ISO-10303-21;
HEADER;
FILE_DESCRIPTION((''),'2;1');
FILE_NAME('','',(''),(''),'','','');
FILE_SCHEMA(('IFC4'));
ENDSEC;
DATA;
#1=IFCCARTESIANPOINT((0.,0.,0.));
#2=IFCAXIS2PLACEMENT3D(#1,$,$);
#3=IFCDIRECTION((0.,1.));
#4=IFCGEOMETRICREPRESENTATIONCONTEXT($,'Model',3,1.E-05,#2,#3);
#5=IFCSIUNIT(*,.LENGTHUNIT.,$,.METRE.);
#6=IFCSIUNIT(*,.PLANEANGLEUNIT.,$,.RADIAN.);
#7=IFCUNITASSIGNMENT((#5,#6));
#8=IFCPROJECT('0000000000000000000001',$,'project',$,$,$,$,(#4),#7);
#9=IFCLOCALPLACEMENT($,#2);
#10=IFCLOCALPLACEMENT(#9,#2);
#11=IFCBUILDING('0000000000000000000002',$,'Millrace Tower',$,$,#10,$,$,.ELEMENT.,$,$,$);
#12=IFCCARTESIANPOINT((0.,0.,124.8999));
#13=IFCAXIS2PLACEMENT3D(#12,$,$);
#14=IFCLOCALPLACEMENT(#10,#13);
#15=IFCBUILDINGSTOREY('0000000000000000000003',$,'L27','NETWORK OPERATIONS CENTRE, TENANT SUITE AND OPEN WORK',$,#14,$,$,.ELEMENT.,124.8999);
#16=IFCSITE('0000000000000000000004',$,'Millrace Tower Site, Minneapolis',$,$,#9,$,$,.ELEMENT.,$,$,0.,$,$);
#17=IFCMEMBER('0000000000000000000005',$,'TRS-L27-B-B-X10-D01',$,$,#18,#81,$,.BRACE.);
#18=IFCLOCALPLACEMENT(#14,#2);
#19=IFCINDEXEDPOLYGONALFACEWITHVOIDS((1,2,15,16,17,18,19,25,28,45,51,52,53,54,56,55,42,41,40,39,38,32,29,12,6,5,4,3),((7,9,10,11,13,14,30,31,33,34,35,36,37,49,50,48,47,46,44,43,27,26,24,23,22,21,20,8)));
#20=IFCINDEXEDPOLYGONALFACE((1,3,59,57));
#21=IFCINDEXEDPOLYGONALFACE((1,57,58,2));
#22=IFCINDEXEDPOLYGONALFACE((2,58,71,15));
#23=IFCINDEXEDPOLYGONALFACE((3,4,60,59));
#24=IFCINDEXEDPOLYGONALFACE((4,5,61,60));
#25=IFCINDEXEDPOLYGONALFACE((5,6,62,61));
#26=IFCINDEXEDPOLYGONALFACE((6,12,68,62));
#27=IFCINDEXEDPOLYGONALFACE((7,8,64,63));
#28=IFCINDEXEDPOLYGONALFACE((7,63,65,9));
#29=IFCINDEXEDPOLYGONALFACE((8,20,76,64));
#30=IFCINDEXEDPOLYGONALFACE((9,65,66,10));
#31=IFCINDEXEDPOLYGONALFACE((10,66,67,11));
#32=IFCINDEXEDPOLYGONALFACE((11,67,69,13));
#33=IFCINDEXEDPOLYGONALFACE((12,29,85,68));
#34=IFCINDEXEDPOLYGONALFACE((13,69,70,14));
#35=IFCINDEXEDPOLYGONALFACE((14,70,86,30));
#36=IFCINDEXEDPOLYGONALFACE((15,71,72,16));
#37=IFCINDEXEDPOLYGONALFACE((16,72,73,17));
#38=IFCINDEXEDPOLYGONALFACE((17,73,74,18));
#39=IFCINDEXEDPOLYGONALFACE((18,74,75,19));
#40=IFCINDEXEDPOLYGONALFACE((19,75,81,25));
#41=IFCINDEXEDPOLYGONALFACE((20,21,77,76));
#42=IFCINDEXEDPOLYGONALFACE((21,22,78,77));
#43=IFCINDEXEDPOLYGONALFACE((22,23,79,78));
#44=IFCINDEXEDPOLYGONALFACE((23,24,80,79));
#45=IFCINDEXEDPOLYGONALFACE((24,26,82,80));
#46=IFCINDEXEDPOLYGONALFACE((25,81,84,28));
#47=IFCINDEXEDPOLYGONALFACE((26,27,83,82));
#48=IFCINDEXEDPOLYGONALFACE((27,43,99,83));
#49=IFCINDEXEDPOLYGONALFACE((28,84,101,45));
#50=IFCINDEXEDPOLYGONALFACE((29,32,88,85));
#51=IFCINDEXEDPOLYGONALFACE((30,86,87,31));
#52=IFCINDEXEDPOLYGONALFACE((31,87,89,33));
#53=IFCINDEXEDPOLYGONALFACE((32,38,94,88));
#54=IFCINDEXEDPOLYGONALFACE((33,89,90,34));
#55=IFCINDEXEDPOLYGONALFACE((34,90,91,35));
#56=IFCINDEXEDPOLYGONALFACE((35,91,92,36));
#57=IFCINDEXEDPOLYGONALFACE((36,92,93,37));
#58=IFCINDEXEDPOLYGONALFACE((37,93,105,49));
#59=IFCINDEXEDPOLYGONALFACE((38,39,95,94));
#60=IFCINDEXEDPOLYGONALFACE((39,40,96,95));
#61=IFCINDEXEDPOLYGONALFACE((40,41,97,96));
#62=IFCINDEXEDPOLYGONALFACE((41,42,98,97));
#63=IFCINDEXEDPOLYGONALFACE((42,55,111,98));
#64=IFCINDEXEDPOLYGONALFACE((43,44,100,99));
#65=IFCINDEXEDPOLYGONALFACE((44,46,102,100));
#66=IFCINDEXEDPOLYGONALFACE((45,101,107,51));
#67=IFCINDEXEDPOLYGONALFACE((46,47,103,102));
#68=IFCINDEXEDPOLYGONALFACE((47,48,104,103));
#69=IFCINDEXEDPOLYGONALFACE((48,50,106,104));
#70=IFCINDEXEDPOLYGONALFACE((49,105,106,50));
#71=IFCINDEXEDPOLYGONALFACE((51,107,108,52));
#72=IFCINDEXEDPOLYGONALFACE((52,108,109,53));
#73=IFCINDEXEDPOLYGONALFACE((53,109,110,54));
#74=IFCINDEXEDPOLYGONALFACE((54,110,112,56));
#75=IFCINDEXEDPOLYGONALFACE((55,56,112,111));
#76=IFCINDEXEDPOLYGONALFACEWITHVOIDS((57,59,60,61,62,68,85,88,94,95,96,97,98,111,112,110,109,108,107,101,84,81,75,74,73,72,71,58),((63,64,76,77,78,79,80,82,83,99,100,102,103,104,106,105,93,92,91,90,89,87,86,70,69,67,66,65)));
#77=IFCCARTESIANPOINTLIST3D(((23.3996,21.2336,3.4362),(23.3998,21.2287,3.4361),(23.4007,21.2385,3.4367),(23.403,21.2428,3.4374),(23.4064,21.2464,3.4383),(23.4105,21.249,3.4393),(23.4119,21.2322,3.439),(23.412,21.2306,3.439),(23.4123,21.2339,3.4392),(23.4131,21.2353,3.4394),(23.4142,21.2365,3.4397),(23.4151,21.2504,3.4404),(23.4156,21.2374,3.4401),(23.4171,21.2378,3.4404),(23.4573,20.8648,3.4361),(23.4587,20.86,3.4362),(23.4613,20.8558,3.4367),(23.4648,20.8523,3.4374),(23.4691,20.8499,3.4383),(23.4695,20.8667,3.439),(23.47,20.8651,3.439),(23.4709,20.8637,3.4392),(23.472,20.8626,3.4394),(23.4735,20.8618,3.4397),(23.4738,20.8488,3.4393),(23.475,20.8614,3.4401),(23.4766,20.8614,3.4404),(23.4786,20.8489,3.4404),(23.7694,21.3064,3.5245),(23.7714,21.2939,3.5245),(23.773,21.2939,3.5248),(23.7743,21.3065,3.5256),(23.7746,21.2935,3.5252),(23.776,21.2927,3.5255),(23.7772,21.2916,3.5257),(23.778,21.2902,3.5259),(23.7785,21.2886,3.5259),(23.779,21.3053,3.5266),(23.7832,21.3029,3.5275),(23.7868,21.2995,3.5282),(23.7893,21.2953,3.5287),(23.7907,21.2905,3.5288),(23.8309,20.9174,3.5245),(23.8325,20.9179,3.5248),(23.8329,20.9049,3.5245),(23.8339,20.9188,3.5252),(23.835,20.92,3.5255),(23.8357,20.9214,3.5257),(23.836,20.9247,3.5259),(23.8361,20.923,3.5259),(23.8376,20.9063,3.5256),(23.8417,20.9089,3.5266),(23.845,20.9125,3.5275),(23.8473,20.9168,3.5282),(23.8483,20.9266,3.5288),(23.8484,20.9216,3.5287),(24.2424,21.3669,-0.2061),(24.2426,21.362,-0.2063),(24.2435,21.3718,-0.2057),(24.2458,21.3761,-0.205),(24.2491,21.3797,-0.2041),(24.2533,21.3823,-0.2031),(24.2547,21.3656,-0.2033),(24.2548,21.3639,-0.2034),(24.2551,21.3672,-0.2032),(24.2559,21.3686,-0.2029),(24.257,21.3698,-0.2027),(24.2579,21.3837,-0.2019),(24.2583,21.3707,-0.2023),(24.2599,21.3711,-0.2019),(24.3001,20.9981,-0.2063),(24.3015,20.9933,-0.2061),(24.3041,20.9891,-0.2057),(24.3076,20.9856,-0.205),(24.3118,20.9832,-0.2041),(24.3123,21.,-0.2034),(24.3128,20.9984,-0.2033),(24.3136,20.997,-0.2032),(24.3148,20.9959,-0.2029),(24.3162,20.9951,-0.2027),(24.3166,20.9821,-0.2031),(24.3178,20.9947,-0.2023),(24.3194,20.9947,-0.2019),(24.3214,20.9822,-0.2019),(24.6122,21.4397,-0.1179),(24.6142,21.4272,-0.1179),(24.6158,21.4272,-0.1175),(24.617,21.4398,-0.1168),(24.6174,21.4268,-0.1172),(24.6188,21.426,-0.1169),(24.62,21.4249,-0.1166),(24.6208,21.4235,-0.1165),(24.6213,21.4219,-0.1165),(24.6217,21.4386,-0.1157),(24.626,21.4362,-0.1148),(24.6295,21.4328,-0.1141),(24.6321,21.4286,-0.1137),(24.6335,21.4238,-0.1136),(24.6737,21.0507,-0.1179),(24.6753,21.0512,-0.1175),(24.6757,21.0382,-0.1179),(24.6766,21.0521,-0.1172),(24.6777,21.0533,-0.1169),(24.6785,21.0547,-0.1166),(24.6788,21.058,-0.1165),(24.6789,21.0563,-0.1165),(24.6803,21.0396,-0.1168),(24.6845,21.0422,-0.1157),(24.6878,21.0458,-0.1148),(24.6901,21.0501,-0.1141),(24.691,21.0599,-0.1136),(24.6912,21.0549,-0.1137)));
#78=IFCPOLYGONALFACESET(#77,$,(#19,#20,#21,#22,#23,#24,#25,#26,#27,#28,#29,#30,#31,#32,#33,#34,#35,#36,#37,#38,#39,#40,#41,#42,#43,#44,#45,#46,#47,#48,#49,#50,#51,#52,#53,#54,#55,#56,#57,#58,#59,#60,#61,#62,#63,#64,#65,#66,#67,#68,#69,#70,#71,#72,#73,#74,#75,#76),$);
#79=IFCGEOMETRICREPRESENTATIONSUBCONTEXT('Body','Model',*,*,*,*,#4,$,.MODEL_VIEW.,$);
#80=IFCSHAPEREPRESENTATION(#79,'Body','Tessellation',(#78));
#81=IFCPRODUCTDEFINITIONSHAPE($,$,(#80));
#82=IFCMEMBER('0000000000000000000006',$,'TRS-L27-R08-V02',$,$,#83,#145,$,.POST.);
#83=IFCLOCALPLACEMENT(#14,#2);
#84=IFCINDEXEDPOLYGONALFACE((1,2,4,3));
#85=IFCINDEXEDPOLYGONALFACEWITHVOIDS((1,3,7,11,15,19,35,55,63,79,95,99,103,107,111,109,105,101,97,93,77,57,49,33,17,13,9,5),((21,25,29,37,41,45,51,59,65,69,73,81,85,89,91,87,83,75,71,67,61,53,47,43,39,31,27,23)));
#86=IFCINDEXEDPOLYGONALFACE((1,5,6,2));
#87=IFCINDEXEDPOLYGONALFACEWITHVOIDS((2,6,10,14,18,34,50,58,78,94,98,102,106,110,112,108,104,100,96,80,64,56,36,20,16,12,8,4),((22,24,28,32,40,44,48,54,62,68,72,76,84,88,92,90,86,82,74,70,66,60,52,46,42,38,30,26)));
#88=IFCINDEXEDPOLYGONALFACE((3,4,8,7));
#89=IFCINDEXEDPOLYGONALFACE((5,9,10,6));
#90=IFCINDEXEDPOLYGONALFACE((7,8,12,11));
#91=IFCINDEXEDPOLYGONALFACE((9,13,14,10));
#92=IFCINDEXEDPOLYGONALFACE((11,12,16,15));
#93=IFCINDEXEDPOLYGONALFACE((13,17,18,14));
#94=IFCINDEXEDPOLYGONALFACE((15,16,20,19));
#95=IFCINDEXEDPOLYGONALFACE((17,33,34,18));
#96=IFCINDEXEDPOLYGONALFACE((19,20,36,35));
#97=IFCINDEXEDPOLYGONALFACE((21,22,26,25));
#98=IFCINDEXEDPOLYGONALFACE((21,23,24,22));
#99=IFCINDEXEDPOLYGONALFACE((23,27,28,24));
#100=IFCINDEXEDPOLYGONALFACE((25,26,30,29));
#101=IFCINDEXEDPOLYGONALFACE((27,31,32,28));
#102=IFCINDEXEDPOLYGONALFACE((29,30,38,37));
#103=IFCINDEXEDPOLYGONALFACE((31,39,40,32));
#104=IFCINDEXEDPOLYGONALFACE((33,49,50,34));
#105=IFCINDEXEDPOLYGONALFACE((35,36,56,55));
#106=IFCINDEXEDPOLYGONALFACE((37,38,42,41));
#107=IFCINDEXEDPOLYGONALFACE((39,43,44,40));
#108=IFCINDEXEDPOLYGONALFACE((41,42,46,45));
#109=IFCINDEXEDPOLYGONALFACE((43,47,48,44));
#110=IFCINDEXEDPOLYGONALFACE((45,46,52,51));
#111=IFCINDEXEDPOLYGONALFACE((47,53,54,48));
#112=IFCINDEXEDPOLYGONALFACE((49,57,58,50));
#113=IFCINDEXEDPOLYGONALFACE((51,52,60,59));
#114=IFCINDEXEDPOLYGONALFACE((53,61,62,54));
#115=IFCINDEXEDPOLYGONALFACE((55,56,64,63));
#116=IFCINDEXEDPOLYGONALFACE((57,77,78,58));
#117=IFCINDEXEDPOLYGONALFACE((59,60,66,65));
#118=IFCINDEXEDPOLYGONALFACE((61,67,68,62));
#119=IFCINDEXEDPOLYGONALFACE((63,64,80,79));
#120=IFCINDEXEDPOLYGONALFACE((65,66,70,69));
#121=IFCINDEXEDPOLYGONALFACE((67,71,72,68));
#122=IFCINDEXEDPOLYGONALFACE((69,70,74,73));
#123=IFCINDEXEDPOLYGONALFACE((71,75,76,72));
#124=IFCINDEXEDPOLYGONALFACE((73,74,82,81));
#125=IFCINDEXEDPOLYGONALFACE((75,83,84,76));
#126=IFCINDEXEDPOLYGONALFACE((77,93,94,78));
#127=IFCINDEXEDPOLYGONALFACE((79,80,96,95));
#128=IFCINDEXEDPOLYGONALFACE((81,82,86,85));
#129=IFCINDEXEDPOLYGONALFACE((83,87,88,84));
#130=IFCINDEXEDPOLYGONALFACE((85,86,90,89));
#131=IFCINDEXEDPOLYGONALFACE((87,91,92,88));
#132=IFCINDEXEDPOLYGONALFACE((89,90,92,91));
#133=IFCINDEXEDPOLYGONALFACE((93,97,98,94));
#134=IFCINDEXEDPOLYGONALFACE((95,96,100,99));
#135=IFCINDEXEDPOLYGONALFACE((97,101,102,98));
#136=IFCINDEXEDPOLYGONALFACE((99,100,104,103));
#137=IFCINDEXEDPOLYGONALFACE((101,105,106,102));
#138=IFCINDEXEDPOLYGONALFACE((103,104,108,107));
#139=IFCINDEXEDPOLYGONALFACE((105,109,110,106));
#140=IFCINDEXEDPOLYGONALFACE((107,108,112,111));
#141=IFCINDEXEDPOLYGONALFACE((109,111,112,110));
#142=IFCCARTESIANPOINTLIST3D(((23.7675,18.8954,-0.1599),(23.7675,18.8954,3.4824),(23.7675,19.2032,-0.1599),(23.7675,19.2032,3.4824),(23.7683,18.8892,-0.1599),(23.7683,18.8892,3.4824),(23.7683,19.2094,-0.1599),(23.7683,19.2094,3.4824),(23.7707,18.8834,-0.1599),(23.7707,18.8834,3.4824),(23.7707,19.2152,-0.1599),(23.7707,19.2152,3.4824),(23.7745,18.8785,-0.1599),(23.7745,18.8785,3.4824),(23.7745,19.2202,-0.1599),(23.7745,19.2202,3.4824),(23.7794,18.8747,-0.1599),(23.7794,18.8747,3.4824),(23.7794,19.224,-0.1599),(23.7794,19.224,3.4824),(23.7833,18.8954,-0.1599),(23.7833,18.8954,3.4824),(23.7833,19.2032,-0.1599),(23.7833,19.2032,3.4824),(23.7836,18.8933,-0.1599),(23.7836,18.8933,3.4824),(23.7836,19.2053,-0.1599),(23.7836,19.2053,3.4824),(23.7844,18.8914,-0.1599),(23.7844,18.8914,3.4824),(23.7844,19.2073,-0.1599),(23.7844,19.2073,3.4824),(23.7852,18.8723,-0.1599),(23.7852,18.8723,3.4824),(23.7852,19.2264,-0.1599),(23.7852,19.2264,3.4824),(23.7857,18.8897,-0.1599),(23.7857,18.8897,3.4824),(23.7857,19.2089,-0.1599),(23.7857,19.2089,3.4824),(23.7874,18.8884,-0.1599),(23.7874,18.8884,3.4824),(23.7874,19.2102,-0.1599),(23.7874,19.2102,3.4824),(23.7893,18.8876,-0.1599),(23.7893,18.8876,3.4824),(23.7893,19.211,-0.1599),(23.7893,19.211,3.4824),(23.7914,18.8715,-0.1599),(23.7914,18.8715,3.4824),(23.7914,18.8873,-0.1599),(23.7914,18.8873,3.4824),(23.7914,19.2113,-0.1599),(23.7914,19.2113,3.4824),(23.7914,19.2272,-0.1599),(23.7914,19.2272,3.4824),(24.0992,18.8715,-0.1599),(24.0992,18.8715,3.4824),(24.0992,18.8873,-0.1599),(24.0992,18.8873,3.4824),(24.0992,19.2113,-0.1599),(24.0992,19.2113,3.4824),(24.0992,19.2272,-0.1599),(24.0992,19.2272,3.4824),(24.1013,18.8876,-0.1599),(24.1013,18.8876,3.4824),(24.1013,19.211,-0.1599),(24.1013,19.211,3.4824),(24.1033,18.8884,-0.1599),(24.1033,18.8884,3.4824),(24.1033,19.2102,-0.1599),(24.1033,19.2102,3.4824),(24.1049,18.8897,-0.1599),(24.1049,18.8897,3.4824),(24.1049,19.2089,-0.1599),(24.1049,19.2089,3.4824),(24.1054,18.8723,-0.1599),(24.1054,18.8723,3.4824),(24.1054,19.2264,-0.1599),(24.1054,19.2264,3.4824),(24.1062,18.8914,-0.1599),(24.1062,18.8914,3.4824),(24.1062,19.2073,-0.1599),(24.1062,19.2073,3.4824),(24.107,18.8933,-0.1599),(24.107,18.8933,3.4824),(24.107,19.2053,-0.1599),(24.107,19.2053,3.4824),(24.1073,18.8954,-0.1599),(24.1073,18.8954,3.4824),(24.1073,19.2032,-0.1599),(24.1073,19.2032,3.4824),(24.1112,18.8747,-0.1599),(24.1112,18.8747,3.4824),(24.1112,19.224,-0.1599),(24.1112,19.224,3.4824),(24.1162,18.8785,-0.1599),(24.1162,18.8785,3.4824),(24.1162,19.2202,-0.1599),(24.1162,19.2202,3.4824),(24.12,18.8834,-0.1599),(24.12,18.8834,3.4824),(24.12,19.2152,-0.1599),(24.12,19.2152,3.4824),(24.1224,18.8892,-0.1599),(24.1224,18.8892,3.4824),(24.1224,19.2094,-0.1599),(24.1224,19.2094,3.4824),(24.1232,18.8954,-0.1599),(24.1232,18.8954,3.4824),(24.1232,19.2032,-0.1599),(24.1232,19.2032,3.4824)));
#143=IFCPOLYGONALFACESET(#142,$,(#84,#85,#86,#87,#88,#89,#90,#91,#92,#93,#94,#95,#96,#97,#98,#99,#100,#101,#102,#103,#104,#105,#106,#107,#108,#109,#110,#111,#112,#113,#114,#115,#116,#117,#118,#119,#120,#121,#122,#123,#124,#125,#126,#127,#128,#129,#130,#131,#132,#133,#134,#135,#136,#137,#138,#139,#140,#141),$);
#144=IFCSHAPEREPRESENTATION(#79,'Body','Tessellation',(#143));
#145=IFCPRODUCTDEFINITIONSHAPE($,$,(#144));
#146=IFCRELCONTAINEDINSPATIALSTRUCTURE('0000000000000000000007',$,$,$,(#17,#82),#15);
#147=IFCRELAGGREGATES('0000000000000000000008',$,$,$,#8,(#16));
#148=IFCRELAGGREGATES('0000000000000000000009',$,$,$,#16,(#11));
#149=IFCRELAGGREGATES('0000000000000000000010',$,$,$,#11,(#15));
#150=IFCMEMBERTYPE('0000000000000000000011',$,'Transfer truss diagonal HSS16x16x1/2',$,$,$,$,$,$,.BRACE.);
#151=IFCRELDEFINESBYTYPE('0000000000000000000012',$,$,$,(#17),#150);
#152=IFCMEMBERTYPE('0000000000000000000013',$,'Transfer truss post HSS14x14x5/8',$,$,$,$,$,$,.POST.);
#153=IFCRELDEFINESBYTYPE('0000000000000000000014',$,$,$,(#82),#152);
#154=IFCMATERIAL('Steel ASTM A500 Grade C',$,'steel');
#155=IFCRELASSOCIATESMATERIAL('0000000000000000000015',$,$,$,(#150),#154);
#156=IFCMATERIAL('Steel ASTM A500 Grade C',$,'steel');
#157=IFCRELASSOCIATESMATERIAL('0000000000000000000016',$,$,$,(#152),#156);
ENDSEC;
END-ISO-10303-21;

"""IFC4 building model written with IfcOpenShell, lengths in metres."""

from ifc_helpers import new_model, si_unit, direction, frame, origin, origin_2d, place, context, subcontext, project, spatial, hollow_rectangle, extrude, material, material_profile, profile_set, type_object, element, save


model = new_model("IFC4")

# Units and contexts
model_context = context("Model", 3, precision=1e-05, world=origin(), true_north=direction((0.0, 1.0)))
body_context = subcontext(model_context, "Body", "Model", "MODEL_VIEW")
ifc_project = project(units=[si_unit("LENGTHUNIT", "METRE"), si_unit("PLANEANGLEUNIT", "RADIAN")], contexts=[model_context])

# Site, building, storey
site_placement = place(None, origin())
site = spatial("IfcSite", under=ifc_project, at=site_placement, Name="Millrace Tower Site, Minneapolis", CompositionType="ELEMENT", RefElevation=0.0)
building_placement = place(site_placement, origin())
building = spatial("IfcBuilding", under=site, at=building_placement, Name="Millrace Tower", CompositionType="ELEMENT")
storey_placement = place(building_placement, frame((0.0, 0.0, 124.8999)))
storey = spatial("IfcBuildingStorey", under=building, at=storey_placement, Name="L27", Description="NETWORK OPERATIONS CENTRE, TENANT SUITE AND OPEN WORK", CompositionType="ELEMENT", Elevation=124.8999)

# Members
ifc_material_1 = material(Name="Steel ASTM A500 Grade C", Category="steel")
ifc_material_profile_1 = material_profile(ifc_material_1, hollow_rectangle(XDim=0.4065, YDim=0.4065, WallThickness=0.0127, InnerFilletRadius=0.0063, OuterFilletRadius=0.019, at=origin_2d()))
ifc_profile_set_1 = profile_set([ifc_material_profile_1], Name="Steel ASTM A500 Grade C")
member_type_1 = type_object("IfcMemberType", Name="Transfer truss diagonal HSS16x16x1/2", PredefinedType="BRACE", material=ifc_profile_set_1)
member_1_placement = place(storey_placement, frame((24.4668, 21.2109, -0.1599), z_axis=(-0.225284, -0.035633, 0.973641), x_axis=(0.156227, -0.987721, 0.0)))
element("IfcMember", 1, at=member_1_placement, inside=storey, type_object=member_type_1, Name="TRS-L27-B-B-X10-D01", PredefinedType="BRACE", context=body_context, shape_type="SweptSolid", body=[
    extrude(hollow_rectangle(XDim=0.4065, YDim=0.4065, WallThickness=0.0127, InnerFilletRadius=0.0063, OuterFilletRadius=0.019, at=origin_2d()), origin(), (0.0, 0.0, 1.0), 3.741),
])
ifc_material_2 = material(Name="Steel ASTM A500 Grade C", Category="steel")
ifc_material_profile_2 = material_profile(ifc_material_2, hollow_rectangle(XDim=0.3557, YDim=0.3557, WallThickness=0.0159, InnerFilletRadius=0.0081, OuterFilletRadius=0.0239, at=origin_2d()))
ifc_profile_set_2 = profile_set([ifc_material_profile_2], Name="Steel ASTM A500 Grade C")
member_type_2 = type_object("IfcMemberType", Name="Transfer truss post HSS14x14x5/8", PredefinedType="POST", material=ifc_profile_set_2)
for number, where, z_axis, x_axis, name in (
    (2, (23.9453, 19.0493, -0.1599), (0.0, 0.0, 1.0), (1.0, 0.0, 0.0), "TRS-L27-R08-V02"),
):
    element("IfcMember", number, at=place(storey_placement, frame(where, z_axis=z_axis, x_axis=x_axis)), inside=storey, type_object=member_type_2, Name=name, PredefinedType="POST", context=body_context, shape_type="SweptSolid", body=[
        extrude(hollow_rectangle(XDim=0.3557, YDim=0.3557, WallThickness=0.0159, InnerFilletRadius=0.0081, OuterFilletRadius=0.0239, at=origin_2d()), origin(), (0.0, 0.0, 1.0), 3.6423),
    ])

save(model, "model.ifc")
